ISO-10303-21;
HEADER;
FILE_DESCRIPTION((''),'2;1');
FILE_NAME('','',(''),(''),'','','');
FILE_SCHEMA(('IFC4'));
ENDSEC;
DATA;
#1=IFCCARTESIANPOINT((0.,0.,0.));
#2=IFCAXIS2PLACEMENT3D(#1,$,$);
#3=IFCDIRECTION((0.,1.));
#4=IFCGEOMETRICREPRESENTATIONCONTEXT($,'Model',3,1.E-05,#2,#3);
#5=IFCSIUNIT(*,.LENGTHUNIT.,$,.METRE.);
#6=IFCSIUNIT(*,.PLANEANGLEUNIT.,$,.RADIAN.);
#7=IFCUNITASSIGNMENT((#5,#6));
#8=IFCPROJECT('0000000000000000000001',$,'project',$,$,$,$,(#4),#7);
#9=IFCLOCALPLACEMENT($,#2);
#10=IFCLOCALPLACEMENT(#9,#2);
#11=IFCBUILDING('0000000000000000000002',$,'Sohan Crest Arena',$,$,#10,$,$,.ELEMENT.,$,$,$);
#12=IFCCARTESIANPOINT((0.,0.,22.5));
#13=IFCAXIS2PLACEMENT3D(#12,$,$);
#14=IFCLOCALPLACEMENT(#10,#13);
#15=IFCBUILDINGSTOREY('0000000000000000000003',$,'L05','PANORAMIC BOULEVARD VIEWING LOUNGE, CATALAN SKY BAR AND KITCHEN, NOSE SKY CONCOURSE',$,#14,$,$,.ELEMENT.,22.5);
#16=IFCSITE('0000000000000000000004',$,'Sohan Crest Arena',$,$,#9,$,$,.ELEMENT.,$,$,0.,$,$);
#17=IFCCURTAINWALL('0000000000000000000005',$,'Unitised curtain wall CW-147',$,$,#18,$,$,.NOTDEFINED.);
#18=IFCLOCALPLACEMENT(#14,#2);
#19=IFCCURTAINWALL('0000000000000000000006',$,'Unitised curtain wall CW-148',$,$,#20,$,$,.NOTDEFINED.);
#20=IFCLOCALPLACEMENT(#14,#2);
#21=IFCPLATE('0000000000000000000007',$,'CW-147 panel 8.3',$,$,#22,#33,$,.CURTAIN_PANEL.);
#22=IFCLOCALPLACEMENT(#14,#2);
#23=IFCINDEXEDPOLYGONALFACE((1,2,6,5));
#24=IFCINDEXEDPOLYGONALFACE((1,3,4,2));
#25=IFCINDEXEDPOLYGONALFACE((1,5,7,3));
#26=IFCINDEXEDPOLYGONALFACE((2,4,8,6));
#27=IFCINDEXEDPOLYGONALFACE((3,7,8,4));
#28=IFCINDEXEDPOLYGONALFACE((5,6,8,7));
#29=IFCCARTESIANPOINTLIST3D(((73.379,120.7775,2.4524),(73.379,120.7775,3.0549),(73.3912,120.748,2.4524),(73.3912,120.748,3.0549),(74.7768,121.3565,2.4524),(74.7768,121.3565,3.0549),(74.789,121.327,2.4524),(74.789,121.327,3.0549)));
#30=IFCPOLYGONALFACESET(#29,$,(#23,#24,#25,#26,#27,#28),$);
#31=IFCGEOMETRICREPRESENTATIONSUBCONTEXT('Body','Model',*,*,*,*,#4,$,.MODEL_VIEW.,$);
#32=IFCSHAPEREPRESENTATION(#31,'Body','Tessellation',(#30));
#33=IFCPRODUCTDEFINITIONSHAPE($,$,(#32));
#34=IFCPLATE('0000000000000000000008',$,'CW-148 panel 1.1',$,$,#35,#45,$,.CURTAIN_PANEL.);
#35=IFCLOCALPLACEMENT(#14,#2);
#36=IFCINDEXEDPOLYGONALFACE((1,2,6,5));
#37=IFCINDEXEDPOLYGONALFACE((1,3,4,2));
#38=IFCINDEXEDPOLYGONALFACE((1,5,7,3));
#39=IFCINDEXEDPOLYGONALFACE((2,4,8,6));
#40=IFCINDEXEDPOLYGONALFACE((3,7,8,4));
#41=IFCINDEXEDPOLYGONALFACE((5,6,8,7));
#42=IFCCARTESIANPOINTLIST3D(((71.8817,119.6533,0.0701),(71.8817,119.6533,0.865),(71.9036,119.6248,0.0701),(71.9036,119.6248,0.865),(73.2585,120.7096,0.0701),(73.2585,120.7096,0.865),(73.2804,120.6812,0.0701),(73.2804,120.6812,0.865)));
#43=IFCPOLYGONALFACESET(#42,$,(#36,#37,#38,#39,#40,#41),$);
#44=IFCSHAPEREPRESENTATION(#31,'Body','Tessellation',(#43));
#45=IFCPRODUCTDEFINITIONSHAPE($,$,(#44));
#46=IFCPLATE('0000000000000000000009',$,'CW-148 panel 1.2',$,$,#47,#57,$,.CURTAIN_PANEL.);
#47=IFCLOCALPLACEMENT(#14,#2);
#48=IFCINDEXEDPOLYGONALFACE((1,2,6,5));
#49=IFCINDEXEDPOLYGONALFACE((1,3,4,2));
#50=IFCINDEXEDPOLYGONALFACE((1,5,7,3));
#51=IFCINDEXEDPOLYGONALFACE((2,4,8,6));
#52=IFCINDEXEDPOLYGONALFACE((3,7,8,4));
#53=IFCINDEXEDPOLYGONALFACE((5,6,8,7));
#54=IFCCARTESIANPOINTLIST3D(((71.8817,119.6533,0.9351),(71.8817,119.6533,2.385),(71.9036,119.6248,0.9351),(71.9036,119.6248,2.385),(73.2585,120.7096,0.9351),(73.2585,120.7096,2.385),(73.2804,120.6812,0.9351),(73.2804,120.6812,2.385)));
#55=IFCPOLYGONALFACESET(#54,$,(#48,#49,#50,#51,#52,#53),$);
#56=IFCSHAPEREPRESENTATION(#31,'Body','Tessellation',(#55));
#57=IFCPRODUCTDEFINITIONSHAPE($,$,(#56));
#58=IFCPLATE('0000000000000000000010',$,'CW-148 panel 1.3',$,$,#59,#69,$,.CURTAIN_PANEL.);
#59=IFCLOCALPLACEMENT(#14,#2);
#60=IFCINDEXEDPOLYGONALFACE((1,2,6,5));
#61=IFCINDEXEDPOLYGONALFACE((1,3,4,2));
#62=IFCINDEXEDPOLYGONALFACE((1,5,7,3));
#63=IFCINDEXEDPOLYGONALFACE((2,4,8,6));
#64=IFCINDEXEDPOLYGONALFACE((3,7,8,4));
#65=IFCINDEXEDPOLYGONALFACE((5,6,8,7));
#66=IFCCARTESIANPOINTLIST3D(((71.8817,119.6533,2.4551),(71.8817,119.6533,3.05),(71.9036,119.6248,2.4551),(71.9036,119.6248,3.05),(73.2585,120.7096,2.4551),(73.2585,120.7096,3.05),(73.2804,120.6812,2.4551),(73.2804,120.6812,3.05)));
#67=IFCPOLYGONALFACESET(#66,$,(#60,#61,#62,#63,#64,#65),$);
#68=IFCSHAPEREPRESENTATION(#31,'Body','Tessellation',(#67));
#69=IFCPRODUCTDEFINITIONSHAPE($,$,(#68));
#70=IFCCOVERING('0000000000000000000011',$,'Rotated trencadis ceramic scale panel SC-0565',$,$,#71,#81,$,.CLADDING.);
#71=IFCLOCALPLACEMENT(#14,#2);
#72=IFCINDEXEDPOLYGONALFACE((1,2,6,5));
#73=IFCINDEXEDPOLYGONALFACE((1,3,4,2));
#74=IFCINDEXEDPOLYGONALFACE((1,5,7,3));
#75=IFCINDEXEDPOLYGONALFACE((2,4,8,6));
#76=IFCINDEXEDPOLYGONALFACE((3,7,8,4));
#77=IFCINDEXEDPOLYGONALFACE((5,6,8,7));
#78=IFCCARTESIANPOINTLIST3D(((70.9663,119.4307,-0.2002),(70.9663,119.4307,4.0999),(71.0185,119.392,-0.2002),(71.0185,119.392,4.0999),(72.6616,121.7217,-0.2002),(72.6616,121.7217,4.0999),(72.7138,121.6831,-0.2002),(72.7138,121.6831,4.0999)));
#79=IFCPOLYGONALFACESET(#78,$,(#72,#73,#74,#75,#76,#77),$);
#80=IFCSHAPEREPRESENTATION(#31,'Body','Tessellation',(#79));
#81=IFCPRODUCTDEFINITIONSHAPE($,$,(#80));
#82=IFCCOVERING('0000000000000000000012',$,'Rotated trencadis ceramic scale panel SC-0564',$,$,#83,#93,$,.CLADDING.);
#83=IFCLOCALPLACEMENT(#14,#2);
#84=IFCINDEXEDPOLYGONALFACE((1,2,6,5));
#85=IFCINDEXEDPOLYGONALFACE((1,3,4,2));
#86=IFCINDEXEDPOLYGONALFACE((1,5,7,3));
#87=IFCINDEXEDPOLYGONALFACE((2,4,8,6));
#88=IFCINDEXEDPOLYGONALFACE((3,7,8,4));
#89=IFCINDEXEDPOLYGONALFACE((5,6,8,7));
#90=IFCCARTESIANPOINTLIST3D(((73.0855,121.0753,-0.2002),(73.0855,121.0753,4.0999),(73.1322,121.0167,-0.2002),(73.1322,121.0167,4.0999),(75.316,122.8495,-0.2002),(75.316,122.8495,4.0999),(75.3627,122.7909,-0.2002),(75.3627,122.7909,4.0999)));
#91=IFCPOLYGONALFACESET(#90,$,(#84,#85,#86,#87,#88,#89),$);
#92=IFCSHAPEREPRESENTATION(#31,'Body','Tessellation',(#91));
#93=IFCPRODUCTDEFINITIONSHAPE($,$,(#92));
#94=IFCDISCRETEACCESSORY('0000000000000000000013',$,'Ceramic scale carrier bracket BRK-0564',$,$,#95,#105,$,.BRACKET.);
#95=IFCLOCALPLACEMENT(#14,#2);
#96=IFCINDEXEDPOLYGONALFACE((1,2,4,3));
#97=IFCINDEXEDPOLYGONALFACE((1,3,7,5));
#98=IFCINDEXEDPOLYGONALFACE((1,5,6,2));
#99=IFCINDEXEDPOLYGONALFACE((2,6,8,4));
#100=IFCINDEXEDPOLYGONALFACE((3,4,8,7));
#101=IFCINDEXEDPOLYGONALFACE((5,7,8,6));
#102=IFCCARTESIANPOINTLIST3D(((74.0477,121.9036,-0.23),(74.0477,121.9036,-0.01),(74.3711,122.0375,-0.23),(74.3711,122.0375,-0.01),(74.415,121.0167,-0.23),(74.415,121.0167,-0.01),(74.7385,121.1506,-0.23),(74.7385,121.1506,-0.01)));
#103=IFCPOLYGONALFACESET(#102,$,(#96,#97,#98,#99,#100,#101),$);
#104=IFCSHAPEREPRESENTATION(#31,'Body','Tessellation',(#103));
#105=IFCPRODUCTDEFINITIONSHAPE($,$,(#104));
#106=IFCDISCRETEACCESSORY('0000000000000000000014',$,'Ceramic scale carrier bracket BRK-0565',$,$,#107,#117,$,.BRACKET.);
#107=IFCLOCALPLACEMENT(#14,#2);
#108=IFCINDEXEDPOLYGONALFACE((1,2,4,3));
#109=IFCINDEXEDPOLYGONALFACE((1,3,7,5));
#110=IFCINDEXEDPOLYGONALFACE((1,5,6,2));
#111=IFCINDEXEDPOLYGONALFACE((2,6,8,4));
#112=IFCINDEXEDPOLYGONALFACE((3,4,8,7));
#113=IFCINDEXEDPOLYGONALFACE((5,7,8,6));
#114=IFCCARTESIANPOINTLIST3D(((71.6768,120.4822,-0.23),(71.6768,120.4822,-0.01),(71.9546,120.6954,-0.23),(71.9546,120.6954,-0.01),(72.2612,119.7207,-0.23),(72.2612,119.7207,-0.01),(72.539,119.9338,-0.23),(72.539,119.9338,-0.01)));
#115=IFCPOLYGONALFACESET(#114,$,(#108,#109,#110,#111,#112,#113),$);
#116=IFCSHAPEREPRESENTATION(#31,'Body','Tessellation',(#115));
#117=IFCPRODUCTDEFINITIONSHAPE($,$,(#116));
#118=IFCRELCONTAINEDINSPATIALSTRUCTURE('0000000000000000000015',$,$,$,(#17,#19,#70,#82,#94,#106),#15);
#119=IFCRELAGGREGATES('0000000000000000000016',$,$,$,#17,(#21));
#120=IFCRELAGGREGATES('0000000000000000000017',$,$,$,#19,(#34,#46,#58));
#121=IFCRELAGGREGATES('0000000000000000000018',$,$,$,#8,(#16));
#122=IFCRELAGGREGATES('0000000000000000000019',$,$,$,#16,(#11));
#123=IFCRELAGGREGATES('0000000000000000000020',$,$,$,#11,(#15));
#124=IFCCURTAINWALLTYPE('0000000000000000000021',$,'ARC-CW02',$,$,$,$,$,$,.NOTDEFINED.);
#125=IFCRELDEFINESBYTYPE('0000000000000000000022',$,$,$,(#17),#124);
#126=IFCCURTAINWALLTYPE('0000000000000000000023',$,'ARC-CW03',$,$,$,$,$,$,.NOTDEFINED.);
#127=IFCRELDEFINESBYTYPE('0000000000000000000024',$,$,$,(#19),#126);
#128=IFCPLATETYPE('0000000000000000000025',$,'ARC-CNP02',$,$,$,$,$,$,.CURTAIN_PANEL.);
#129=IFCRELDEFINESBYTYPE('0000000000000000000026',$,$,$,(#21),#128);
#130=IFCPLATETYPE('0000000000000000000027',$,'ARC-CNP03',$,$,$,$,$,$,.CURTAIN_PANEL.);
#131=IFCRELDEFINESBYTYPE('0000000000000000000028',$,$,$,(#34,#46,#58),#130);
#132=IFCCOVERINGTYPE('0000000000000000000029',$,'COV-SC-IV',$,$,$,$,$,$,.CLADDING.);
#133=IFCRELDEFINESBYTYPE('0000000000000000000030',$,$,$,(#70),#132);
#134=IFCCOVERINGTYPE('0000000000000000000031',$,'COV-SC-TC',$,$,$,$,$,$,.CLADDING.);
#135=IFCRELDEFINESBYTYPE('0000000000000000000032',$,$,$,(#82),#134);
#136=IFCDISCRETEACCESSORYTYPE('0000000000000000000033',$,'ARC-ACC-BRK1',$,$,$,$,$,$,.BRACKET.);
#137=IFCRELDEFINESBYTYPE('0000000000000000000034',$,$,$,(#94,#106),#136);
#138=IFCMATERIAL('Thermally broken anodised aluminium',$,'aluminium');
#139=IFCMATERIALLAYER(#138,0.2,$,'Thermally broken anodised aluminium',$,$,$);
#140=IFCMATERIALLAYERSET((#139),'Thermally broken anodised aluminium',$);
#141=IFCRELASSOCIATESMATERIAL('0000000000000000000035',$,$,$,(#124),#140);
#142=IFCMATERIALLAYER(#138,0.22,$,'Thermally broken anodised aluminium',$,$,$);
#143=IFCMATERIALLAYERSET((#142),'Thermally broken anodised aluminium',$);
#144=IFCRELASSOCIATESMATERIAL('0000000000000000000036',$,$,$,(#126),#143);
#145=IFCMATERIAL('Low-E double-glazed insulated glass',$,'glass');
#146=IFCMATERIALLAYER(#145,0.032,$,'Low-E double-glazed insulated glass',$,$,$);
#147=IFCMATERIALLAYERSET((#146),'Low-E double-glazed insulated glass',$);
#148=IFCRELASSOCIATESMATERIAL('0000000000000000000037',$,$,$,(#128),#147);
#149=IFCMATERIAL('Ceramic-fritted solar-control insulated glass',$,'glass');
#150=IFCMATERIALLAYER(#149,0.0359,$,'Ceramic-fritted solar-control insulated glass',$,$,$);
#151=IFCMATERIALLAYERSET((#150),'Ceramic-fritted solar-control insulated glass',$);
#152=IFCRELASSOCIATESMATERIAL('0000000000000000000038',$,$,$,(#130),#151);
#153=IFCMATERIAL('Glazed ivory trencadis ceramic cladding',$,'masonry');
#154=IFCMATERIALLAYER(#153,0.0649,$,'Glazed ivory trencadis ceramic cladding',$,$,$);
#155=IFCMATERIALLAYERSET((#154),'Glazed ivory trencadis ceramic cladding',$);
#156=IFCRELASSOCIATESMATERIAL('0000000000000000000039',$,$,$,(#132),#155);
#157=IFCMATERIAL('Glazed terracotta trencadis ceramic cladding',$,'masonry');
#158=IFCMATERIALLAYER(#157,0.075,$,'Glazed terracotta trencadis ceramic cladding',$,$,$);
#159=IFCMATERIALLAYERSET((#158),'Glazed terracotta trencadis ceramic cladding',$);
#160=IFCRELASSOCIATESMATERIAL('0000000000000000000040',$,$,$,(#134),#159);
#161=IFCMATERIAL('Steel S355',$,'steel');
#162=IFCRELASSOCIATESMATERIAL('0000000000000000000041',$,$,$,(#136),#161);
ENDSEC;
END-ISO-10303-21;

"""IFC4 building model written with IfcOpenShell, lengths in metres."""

from ifc_helpers import new_model, si_unit, direction, frame, origin, origin_2d, place, context, subcontext, project, spatial, rectangle, extrude, material, layer, layer_set, type_object, element, aggregate, save


model = new_model("IFC4")

# Units and contexts
model_context = context("Model", 3, precision=1e-05, world=origin(), true_north=direction((0.0, 1.0)))
body_context = subcontext(model_context, "Body", "Model", "MODEL_VIEW")
ifc_project = project(units=[si_unit("LENGTHUNIT", "METRE"), si_unit("PLANEANGLEUNIT", "RADIAN")], contexts=[model_context])

# Site, building, storey
site_placement = place(None, origin())
site = spatial("IfcSite", under=ifc_project, at=site_placement, Name="Sohan Crest Arena", CompositionType="ELEMENT", RefElevation=0.0)
building_placement = place(site_placement, origin())
building = spatial("IfcBuilding", under=site, at=building_placement, Name="Sohan Crest Arena", CompositionType="ELEMENT")
storey_placement = place(building_placement, frame((0.0, 0.0, 22.5)))
storey = spatial("IfcBuildingStorey", under=building, at=storey_placement, Name="L05", Description="PANORAMIC BOULEVARD VIEWING LOUNGE, CATALAN SKY BAR AND KITCHEN, NOSE SKY CONCOURSE", CompositionType="ELEMENT", Elevation=22.5)

# Curtain walls
ifc_material_1 = material(Name="Thermally broken anodised aluminium", Category="aluminium")
ifc_layer_1 = layer(ifc_material_1, 0.2, Name="Thermally broken anodised aluminium")
ifc_layer_set_1 = layer_set([ifc_layer_1], Name="Thermally broken anodised aluminium")
curtain_wall_type_1 = type_object("IfcCurtainWallType", Name="ARC-CW02", PredefinedType="NOTDEFINED", material=ifc_layer_set_1)
curtain_wall_1_placement = place(storey_placement, origin())
curtain_wall_1 = element("IfcCurtainWall", 1, at=curtain_wall_1_placement, inside=storey, type_object=curtain_wall_type_1, Name="Unitised curtain wall CW-147", PredefinedType="NOTDEFINED")
ifc_layer_2 = layer(ifc_material_1, 0.22, Name="Thermally broken anodised aluminium")
ifc_layer_set_2 = layer_set([ifc_layer_2], Name="Thermally broken anodised aluminium")
curtain_wall_type_2 = type_object("IfcCurtainWallType", Name="ARC-CW03", PredefinedType="NOTDEFINED", material=ifc_layer_set_2)
curtain_wall_2_placement = place(storey_placement, origin())
curtain_wall_2 = element("IfcCurtainWall", 2, at=curtain_wall_2_placement, inside=storey, type_object=curtain_wall_type_2, Name="Unitised curtain wall CW-148", PredefinedType="NOTDEFINED")

# Plates
ifc_material_2 = material(Name="Low-E double-glazed insulated glass", Category="glass")
ifc_layer_3 = layer(ifc_material_2, 0.032, Name="Low-E double-glazed insulated glass")
ifc_layer_set_3 = layer_set([ifc_layer_3], Name="Low-E double-glazed insulated glass")
plate_type_1 = type_object("IfcPlateType", Name="ARC-CNP02", PredefinedType="CURTAIN_PANEL", material=ifc_layer_set_3)
plate_1_placement = place(storey_placement, frame((74.084, 121.0522, 2.4524), z_axis=(0.0, 0.0, 1.0), x_axis=(-0.923879, -0.382685, 0.0)))
plate_1 = element("IfcPlate", 3, at=plate_1_placement, type_object=plate_type_1, Name="CW-147 panel 8.3", PredefinedType="CURTAIN_PANEL", context=body_context, shape_type="SweptSolid", body=[
    extrude(rectangle(XDim=1.5129, YDim=0.032, at=origin_2d()), origin(), (0.0, 0.0, 1.0), 0.6025),
])
aggregate(curtain_wall_1, [plate_1])
ifc_material_3 = material(Name="Ceramic-fritted solar-control insulated glass", Category="glass")
ifc_layer_4 = layer(ifc_material_3, 0.0359, Name="Ceramic-fritted solar-control insulated glass")
ifc_layer_set_4 = layer_set([ifc_layer_4], Name="Ceramic-fritted solar-control insulated glass")
plate_type_2 = type_object("IfcPlateType", Name="ARC-CNP03", PredefinedType="CURTAIN_PANEL", material=ifc_layer_set_4)
plate_2_placement = place(storey_placement, frame((72.5811, 120.1672, 0.0701), z_axis=(0.0, 0.0, 1.0), x_axis=(-0.793385, -0.60872, 0.0)))
plate_2 = element("IfcPlate", 4, at=plate_2_placement, type_object=plate_type_2, Name="CW-148 panel 1.1", PredefinedType="CURTAIN_PANEL", context=body_context, shape_type="SweptSolid", body=[
    extrude(rectangle(XDim=1.7354, YDim=0.0359, at=origin_2d()), origin(), (0.0, 0.0, 1.0), 0.7949),
])
plate_3_placement = place(storey_placement, frame((72.5811, 120.1672, 0.9351), z_axis=(0.0, 0.0, 1.0), x_axis=(-0.793385, -0.60872, 0.0)))
plate_3 = element("IfcPlate", 5, at=plate_3_placement, type_object=plate_type_2, Name="CW-148 panel 1.2", PredefinedType="CURTAIN_PANEL", context=body_context, shape_type="SweptSolid", body=[
    extrude(rectangle(XDim=1.7354, YDim=0.0359, at=origin_2d()), origin(), (0.0, 0.0, 1.0), 1.45),
])
plate_4_placement = place(storey_placement, frame((72.5811, 120.1672, 2.4551), z_axis=(0.0, 0.0, 1.0), x_axis=(-0.793385, -0.60872, 0.0)))
plate_4 = element("IfcPlate", 6, at=plate_4_placement, type_object=plate_type_2, Name="CW-148 panel 1.3", PredefinedType="CURTAIN_PANEL", context=body_context, shape_type="SweptSolid", body=[
    extrude(rectangle(XDim=1.7354, YDim=0.0359, at=origin_2d()), origin(), (0.0, 0.0, 1.0), 0.595),
])
aggregate(curtain_wall_2, [plate_2, plate_3, plate_4])

# Coverings
ifc_material_4 = material(Name="Glazed ivory trencadis ceramic cladding", Category="masonry")
ifc_layer_5 = layer(ifc_material_4, 0.0649, Name="Glazed ivory trencadis ceramic cladding")
ifc_layer_set_5 = layer_set([ifc_layer_5], Name="Glazed ivory trencadis ceramic cladding")
covering_type_1 = type_object("IfcCoveringType", Name="COV-SC-IV", PredefinedType="CLADDING", material=ifc_layer_set_5)
covering_1_placement = place(storey_placement, frame((71.8401, 120.5569, -0.2002), z_axis=(0.0, 0.0, 1.0), x_axis=(-0.594823, -0.803857, 0.0)))
element("IfcCovering", 7, at=covering_1_placement, inside=storey, type_object=covering_type_1, Name="Rotated trencadis ceramic scale panel SC-0565", PredefinedType="CLADDING", context=body_context, shape_type="SweptSolid", body=[
    extrude(rectangle(XDim=2.8501, YDim=0.0649, at=origin_2d()), origin(), (0.0, 0.0, 1.0), 4.3),
])
ifc_material_5 = material(Name="Glazed terracotta trencadis ceramic cladding", Category="masonry")
ifc_layer_6 = layer(ifc_material_5, 0.075, Name="Glazed terracotta trencadis ceramic cladding")
ifc_layer_set_6 = layer_set([ifc_layer_6], Name="Glazed terracotta trencadis ceramic cladding")
covering_type_2 = type_object("IfcCoveringType", Name="COV-SC-TC", PredefinedType="CLADDING", material=ifc_layer_set_6)
covering_2_placement = place(storey_placement, frame((74.2241, 121.9331, -0.2002), z_axis=(0.0, 0.0, 1.0), x_axis=(-0.782608, -0.622515, 0.0)))
element("IfcCovering", 8, at=covering_2_placement, inside=storey, type_object=covering_type_2, Name="Rotated trencadis ceramic scale panel SC-0564", PredefinedType="CLADDING", context=body_context, shape_type="SweptSolid", body=[
    extrude(rectangle(XDim=2.8501, YDim=0.075, at=origin_2d()), origin(), (0.0, 0.0, 1.0), 4.3),
])

# Discrete accessories
ifc_material_6 = material(Name="Steel S355", Category="steel")
discrete_accessory_type = type_object("IfcDiscreteAccessoryType", Name="ARC-ACC-BRK1", PredefinedType="BRACKET", material=ifc_material_6)
for number, where, z_axis, x_axis, name in (
    (9, (74.3931, 121.5271, -0.23), (0.0, 0.0, 1.0), (-0.92388, -0.382683, 0.0), "Ceramic scale carrier bracket BRK-0564"),
    (10, (72.1079, 120.208, -0.23), (0.0, 0.0, 1.0), (-0.793353, -0.608761, 0.0), "Ceramic scale carrier bracket BRK-0565"),
):
    element("IfcDiscreteAccessory", number, at=place(storey_placement, frame(where, z_axis=z_axis, x_axis=x_axis)), inside=storey, type_object=discrete_accessory_type, Name=name, PredefinedType="BRACKET", context=body_context, shape_type="SweptSolid", body=[
        extrude(rectangle(XDim=0.3501, YDim=0.96, at=origin_2d()), origin(), (0.0, 0.0, 1.0), 0.22),
    ])

save(model, "model.ifc")
